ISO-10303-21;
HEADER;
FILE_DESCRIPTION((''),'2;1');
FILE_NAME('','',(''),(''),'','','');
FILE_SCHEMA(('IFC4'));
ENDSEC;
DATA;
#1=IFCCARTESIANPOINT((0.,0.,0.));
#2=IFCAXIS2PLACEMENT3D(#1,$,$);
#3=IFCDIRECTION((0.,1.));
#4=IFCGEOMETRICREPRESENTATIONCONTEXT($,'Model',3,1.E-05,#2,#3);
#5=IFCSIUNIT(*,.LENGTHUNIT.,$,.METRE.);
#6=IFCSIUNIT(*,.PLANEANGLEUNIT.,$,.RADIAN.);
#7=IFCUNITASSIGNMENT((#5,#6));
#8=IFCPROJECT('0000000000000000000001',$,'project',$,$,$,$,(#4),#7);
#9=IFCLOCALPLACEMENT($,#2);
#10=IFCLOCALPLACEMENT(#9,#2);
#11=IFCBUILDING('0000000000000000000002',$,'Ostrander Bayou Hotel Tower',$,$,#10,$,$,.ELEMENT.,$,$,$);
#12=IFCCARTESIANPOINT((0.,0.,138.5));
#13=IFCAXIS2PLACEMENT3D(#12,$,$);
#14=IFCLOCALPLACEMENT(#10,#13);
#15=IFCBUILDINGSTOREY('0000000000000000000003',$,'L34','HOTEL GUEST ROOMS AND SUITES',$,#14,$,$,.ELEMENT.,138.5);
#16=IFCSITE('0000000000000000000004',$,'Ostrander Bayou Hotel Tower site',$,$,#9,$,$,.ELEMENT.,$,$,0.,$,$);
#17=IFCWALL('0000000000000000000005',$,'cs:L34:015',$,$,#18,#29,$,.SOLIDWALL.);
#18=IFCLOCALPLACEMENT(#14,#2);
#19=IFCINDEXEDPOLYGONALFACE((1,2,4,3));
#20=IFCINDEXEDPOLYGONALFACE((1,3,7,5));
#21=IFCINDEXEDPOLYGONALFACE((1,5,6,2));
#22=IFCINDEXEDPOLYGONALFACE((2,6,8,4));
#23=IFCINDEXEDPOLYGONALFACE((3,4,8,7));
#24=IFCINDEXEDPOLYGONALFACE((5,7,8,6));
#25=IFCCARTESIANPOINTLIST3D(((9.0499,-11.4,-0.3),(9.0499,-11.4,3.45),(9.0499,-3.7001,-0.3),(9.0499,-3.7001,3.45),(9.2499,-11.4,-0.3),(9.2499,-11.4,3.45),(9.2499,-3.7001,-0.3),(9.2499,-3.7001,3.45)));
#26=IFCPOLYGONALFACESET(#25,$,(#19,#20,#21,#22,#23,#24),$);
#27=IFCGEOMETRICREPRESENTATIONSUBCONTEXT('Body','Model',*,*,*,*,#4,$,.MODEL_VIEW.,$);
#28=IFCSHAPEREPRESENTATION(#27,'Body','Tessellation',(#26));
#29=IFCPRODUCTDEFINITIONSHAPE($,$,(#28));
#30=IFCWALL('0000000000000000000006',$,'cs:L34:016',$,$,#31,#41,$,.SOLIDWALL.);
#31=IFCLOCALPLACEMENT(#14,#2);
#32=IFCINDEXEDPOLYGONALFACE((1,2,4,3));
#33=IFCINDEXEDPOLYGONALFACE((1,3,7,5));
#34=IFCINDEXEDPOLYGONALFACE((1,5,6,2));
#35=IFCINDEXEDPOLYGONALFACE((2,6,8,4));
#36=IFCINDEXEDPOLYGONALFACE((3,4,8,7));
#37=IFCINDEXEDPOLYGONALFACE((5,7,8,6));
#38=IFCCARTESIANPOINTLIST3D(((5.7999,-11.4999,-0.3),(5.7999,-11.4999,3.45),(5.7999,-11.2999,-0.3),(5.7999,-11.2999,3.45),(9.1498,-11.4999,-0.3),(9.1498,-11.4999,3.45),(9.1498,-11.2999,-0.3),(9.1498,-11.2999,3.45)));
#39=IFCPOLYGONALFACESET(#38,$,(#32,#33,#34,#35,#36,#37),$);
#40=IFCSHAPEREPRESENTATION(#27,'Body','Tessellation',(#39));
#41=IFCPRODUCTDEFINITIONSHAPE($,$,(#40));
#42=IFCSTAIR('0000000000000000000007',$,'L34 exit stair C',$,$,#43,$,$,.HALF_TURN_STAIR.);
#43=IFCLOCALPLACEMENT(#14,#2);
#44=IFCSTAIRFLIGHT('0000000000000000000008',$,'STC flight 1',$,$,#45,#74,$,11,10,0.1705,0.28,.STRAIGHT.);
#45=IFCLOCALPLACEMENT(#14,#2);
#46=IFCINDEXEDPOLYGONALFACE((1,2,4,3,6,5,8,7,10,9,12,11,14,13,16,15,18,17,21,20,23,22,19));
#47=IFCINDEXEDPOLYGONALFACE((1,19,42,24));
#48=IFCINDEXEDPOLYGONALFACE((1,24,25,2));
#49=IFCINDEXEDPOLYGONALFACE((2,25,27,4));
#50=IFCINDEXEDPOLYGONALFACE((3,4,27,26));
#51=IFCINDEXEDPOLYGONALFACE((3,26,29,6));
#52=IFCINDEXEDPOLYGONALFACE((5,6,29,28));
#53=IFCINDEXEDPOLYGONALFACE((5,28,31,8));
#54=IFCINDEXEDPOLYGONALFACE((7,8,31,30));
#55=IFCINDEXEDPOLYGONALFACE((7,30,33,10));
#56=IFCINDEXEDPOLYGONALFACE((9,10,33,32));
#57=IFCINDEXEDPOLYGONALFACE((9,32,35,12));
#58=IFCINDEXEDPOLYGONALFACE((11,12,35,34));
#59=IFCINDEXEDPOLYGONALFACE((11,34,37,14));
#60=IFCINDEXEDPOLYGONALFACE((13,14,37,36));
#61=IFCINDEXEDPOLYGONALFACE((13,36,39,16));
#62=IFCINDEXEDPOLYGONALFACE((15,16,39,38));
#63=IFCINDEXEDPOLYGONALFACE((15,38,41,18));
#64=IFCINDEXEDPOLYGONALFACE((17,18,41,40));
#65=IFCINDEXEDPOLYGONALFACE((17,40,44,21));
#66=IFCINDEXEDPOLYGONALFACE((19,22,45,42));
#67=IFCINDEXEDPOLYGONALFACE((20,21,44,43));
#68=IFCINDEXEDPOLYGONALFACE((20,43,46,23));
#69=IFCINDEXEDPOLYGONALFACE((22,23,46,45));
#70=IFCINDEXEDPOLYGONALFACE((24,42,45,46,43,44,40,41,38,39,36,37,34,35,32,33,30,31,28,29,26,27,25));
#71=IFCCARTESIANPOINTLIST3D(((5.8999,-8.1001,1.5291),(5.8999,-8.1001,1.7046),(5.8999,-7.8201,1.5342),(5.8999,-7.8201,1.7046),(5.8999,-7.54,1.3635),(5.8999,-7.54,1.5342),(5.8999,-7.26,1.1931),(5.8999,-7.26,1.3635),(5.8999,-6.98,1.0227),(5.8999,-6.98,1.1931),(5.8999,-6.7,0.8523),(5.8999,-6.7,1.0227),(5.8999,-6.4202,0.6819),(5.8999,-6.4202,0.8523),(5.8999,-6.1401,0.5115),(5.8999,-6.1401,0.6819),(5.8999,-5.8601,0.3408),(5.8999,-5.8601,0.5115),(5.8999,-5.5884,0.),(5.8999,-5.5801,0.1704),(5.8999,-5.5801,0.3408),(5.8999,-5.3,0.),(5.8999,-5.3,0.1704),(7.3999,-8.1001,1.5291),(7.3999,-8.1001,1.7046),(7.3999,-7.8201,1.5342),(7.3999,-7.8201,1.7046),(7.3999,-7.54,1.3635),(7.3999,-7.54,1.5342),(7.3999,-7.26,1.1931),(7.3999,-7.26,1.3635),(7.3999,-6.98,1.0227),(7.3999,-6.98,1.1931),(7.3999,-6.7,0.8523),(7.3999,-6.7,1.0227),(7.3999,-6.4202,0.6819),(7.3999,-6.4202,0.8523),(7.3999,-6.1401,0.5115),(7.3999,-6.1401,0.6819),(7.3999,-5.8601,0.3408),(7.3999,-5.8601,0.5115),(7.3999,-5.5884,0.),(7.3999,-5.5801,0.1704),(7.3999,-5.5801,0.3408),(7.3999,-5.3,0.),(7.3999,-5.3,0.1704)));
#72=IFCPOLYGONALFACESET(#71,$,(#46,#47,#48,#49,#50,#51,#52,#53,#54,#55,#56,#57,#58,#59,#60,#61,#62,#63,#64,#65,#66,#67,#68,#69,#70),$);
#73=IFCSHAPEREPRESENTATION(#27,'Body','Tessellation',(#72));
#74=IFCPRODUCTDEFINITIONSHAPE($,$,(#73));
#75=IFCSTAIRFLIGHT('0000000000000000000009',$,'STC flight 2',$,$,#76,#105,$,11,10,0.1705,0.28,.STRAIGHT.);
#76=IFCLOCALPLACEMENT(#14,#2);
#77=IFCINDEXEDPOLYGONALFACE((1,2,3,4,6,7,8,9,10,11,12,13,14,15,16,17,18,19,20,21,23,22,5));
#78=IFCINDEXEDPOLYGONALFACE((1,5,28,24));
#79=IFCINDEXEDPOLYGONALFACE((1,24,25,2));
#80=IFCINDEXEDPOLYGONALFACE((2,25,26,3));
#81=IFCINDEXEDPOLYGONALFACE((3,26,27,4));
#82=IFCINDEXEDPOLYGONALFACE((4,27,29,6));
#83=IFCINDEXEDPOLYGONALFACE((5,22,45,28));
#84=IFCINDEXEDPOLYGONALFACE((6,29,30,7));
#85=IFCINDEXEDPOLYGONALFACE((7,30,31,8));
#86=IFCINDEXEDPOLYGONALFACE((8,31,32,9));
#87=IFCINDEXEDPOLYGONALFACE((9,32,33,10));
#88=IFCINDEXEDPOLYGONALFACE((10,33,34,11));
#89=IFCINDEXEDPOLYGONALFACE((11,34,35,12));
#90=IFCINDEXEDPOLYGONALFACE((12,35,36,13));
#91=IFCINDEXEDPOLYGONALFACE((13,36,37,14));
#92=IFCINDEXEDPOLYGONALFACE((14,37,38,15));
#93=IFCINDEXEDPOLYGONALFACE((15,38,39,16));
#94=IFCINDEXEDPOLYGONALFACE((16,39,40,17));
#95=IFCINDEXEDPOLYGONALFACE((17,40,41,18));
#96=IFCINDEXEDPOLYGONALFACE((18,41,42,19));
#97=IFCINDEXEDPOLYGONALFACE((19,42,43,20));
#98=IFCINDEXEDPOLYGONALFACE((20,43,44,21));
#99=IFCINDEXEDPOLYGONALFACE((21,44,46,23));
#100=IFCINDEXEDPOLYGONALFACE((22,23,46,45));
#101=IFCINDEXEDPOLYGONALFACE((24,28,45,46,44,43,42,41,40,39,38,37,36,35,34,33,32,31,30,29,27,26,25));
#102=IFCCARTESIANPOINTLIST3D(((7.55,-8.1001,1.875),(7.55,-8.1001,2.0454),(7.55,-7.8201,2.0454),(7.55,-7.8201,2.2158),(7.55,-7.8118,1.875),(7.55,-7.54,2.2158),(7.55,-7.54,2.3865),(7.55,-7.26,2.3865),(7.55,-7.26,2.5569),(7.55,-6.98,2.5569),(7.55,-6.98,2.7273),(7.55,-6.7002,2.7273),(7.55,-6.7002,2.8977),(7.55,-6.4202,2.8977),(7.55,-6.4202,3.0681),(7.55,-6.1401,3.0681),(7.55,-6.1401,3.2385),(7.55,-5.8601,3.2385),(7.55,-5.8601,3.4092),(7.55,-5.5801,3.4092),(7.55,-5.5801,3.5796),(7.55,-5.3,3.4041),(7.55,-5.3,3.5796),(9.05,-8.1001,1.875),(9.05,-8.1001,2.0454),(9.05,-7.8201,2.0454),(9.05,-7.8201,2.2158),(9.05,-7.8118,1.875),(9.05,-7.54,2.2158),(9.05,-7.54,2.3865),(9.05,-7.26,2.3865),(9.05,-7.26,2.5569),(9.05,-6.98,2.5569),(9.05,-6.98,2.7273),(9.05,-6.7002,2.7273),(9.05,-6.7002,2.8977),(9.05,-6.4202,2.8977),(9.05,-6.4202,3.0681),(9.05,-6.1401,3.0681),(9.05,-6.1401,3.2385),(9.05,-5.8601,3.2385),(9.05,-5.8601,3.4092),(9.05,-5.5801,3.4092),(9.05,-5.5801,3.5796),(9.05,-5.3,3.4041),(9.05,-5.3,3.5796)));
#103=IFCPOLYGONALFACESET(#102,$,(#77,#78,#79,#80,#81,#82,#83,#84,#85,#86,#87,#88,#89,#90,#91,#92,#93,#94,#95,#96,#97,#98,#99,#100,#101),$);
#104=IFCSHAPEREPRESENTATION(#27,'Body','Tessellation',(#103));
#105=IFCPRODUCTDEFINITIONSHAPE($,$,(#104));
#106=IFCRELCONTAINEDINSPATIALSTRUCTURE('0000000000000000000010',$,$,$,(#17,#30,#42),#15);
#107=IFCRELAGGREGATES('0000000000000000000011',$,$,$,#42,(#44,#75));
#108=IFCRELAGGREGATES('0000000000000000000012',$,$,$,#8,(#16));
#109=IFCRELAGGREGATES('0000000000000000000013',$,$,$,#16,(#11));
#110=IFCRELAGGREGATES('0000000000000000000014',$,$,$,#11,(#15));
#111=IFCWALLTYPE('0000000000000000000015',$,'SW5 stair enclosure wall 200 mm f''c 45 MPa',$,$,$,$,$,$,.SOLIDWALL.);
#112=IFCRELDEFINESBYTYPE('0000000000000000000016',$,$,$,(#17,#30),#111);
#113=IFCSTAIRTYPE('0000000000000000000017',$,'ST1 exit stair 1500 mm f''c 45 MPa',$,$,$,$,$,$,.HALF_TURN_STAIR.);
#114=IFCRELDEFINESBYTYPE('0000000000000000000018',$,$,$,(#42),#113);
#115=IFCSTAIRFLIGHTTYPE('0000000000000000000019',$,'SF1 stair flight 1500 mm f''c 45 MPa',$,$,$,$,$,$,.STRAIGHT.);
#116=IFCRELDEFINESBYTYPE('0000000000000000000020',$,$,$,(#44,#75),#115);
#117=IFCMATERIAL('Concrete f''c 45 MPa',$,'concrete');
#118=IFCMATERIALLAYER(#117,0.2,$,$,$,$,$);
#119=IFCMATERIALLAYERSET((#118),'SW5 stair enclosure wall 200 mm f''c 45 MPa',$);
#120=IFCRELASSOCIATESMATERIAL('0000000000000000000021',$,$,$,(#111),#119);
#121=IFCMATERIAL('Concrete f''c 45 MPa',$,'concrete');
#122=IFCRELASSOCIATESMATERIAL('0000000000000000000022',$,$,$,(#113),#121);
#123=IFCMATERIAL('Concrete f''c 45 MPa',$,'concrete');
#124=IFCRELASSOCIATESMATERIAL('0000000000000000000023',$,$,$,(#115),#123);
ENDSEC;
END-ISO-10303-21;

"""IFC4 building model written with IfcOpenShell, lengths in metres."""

from ifc_helpers import new_model, si_unit, direction, frame, frame_2d, origin, place, context, subcontext, project, spatial, polyline, rectangle, outline, extrude, material, layer, layer_set, type_object, element, aggregate, save


model = new_model("IFC4")

# Units and contexts
model_context = context("Model", 3, precision=1e-05, world=origin(), true_north=direction((0.0, 1.0)))
body_context = subcontext(model_context, "Body", "Model", "MODEL_VIEW")
ifc_project = project(units=[si_unit("LENGTHUNIT", "METRE"), si_unit("PLANEANGLEUNIT", "RADIAN")], contexts=[model_context])

# Site, building, storey
site_placement = place(None, origin())
site = spatial("IfcSite", under=ifc_project, at=site_placement, Name="Ostrander Bayou Hotel Tower site", CompositionType="ELEMENT", RefElevation=0.0)
building_placement = place(site_placement, origin())
building = spatial("IfcBuilding", under=site, at=building_placement, Name="Ostrander Bayou Hotel Tower", CompositionType="ELEMENT")
storey_placement = place(building_placement, frame((0.0, 0.0, 138.5)))
storey = spatial("IfcBuildingStorey", under=building, at=storey_placement, Name="L34", Description="HOTEL GUEST ROOMS AND SUITES", CompositionType="ELEMENT", Elevation=138.5)

# Shared definitions
ifc_material_1 = material(Name="Concrete f'c 45 MPa", Category="concrete")
ifc_layer_1 = layer(ifc_material_1, 0.2)
ifc_layer_set_1 = layer_set([ifc_layer_1], Name="SW5 stair enclosure wall 200 mm f'c 45 MPa")
wall_type_1 = type_object("IfcWallType", Name="SW5 stair enclosure wall 200 mm f'c 45 MPa", PredefinedType="SOLIDWALL", material=ifc_layer_set_1)

# Walls
for number, where, z_axis, x_axis, name in (
    (1, (9.1499, -3.7, -0.3), (0.0, 0.0, 1.0), (0.0, -1.0, 0.0), "cs:L34:015"),
):
    element("IfcWall", number, at=place(storey_placement, frame(where, z_axis=z_axis, x_axis=x_axis)), inside=storey, type_object=wall_type_1, Name=name, PredefinedType="SOLIDWALL", context=body_context, shape_type="SweptSolid", body=[
        extrude(rectangle(XDim=7.7, YDim=0.2, at=frame_2d((3.8501, 0.0))), origin(), (0.0, 0.0, 1.0), 3.75),
    ])
wall_1_placement = place(storey_placement, frame((5.8, -11.3999, -0.3), z_axis=(0.0, 0.0, 1.0), x_axis=(1.0, 0.0, 0.0)))
element("IfcWall", 2, at=wall_1_placement, inside=storey, type_object=wall_type_1, Name="cs:L34:016", PredefinedType="SOLIDWALL", context=body_context, shape_type="SweptSolid", body=[
    extrude(rectangle(XDim=3.3499, YDim=0.2, at=frame_2d((1.6748, 0.0))), origin(), (0.0, 0.0, 1.0), 3.75),
])

# Stair, stair flights
ifc_material_2 = material(Name="Concrete f'c 45 MPa", Category="concrete")
stair_type = type_object("IfcStairType", Name="ST1 exit stair 1500 mm f'c 45 MPa", PredefinedType="HALF_TURN_STAIR", material=ifc_material_2)
stair_placement = place(storey_placement, origin())
stair = element("IfcStair", 3, at=stair_placement, inside=storey, type_object=stair_type, Name="L34 exit stair C", PredefinedType="HALF_TURN_STAIR")
ifc_material_3 = material(Name="Concrete f'c 45 MPa", Category="concrete")
stair_flight_type = type_object("IfcStairFlightType", Name="SF1 stair flight 1500 mm f'c 45 MPa", PredefinedType="STRAIGHT", material=ifc_material_3)
stair_flight_1_placement = place(storey_placement, frame((6.6499, -5.3, 0.0), z_axis=(0.0, 0.0, 1.0), x_axis=(0.0, -1.0, 0.0)))
stair_flight_1 = element("IfcStairFlight", 4, at=stair_flight_1_placement, type_object=stair_flight_type, Name="STC flight 1", NumberOfRisers=11, NumberOfTreads=10, PredefinedType="STRAIGHT", RiserHeight=0.1705, TreadLength=0.28, context=body_context, shape_type="SweptSolid", body=[
    extrude(outline(polyline([(0.0, 0.0), (0.0, 0.1704), (0.28, 0.1704), (0.28, 0.3408), (0.5601, 0.3408), (0.5601, 0.5115), (0.8401, 0.5115), (0.8401, 0.6819), (1.1201, 0.6819), (1.1201, 0.8523), (1.3999, 0.8523), (1.3999, 1.0227), (1.6799, 1.0227), (1.6799, 1.1931), (1.96, 1.1931), (1.96, 1.3635), (2.24, 1.3635), (2.24, 1.5342), (2.52, 1.5342), (2.52, 1.7046), (2.8, 1.7046), (2.8, 1.875), (2.8, 1.5291), (0.2883, 0.0), (0.0, 0.0)])), frame((0.0, 0.75, 0.0), z_axis=(0.0, -1.0, 0.0), x_axis=(1.0, 0.0, 0.0)), (0.0, 0.0, 1.0), 1.5),
])
stair_flight_2_placement = place(storey_placement, frame((8.3, -8.1001, 1.875), z_axis=(0.0, 0.0, 1.0), x_axis=(0.0, 1.0, 0.0)))
stair_flight_2 = element("IfcStairFlight", 5, at=stair_flight_2_placement, type_object=stair_flight_type, Name="STC flight 2", NumberOfRisers=11, NumberOfTreads=10, PredefinedType="STRAIGHT", RiserHeight=0.1705, TreadLength=0.28, context=body_context, shape_type="SweptSolid", body=[
    extrude(outline(polyline([(0.0, 0.0), (0.0, 0.1704), (0.28, 0.1704), (0.28, 0.3408), (0.5601, 0.3408), (0.5601, 0.5115), (0.8401, 0.5115), (0.8401, 0.6819), (1.1201, 0.6819), (1.1201, 0.8523), (1.3999, 0.8523), (1.3999, 1.0227), (1.6799, 1.0227), (1.6799, 1.1931), (1.96, 1.1931), (1.96, 1.3635), (2.24, 1.3635), (2.24, 1.5342), (2.52, 1.5342), (2.52, 1.7046), (2.8, 1.7046), (2.8, 1.875), (2.8, 1.5291), (0.2883, 0.0), (0.0, 0.0)])), frame((0.0, 0.75, 0.0), z_axis=(0.0, -1.0, 0.0), x_axis=(1.0, 0.0, 0.0)), (0.0, 0.0, 1.0), 1.5),
])
aggregate(stair, [stair_flight_1, stair_flight_2])

save(model, "model.ifc")
